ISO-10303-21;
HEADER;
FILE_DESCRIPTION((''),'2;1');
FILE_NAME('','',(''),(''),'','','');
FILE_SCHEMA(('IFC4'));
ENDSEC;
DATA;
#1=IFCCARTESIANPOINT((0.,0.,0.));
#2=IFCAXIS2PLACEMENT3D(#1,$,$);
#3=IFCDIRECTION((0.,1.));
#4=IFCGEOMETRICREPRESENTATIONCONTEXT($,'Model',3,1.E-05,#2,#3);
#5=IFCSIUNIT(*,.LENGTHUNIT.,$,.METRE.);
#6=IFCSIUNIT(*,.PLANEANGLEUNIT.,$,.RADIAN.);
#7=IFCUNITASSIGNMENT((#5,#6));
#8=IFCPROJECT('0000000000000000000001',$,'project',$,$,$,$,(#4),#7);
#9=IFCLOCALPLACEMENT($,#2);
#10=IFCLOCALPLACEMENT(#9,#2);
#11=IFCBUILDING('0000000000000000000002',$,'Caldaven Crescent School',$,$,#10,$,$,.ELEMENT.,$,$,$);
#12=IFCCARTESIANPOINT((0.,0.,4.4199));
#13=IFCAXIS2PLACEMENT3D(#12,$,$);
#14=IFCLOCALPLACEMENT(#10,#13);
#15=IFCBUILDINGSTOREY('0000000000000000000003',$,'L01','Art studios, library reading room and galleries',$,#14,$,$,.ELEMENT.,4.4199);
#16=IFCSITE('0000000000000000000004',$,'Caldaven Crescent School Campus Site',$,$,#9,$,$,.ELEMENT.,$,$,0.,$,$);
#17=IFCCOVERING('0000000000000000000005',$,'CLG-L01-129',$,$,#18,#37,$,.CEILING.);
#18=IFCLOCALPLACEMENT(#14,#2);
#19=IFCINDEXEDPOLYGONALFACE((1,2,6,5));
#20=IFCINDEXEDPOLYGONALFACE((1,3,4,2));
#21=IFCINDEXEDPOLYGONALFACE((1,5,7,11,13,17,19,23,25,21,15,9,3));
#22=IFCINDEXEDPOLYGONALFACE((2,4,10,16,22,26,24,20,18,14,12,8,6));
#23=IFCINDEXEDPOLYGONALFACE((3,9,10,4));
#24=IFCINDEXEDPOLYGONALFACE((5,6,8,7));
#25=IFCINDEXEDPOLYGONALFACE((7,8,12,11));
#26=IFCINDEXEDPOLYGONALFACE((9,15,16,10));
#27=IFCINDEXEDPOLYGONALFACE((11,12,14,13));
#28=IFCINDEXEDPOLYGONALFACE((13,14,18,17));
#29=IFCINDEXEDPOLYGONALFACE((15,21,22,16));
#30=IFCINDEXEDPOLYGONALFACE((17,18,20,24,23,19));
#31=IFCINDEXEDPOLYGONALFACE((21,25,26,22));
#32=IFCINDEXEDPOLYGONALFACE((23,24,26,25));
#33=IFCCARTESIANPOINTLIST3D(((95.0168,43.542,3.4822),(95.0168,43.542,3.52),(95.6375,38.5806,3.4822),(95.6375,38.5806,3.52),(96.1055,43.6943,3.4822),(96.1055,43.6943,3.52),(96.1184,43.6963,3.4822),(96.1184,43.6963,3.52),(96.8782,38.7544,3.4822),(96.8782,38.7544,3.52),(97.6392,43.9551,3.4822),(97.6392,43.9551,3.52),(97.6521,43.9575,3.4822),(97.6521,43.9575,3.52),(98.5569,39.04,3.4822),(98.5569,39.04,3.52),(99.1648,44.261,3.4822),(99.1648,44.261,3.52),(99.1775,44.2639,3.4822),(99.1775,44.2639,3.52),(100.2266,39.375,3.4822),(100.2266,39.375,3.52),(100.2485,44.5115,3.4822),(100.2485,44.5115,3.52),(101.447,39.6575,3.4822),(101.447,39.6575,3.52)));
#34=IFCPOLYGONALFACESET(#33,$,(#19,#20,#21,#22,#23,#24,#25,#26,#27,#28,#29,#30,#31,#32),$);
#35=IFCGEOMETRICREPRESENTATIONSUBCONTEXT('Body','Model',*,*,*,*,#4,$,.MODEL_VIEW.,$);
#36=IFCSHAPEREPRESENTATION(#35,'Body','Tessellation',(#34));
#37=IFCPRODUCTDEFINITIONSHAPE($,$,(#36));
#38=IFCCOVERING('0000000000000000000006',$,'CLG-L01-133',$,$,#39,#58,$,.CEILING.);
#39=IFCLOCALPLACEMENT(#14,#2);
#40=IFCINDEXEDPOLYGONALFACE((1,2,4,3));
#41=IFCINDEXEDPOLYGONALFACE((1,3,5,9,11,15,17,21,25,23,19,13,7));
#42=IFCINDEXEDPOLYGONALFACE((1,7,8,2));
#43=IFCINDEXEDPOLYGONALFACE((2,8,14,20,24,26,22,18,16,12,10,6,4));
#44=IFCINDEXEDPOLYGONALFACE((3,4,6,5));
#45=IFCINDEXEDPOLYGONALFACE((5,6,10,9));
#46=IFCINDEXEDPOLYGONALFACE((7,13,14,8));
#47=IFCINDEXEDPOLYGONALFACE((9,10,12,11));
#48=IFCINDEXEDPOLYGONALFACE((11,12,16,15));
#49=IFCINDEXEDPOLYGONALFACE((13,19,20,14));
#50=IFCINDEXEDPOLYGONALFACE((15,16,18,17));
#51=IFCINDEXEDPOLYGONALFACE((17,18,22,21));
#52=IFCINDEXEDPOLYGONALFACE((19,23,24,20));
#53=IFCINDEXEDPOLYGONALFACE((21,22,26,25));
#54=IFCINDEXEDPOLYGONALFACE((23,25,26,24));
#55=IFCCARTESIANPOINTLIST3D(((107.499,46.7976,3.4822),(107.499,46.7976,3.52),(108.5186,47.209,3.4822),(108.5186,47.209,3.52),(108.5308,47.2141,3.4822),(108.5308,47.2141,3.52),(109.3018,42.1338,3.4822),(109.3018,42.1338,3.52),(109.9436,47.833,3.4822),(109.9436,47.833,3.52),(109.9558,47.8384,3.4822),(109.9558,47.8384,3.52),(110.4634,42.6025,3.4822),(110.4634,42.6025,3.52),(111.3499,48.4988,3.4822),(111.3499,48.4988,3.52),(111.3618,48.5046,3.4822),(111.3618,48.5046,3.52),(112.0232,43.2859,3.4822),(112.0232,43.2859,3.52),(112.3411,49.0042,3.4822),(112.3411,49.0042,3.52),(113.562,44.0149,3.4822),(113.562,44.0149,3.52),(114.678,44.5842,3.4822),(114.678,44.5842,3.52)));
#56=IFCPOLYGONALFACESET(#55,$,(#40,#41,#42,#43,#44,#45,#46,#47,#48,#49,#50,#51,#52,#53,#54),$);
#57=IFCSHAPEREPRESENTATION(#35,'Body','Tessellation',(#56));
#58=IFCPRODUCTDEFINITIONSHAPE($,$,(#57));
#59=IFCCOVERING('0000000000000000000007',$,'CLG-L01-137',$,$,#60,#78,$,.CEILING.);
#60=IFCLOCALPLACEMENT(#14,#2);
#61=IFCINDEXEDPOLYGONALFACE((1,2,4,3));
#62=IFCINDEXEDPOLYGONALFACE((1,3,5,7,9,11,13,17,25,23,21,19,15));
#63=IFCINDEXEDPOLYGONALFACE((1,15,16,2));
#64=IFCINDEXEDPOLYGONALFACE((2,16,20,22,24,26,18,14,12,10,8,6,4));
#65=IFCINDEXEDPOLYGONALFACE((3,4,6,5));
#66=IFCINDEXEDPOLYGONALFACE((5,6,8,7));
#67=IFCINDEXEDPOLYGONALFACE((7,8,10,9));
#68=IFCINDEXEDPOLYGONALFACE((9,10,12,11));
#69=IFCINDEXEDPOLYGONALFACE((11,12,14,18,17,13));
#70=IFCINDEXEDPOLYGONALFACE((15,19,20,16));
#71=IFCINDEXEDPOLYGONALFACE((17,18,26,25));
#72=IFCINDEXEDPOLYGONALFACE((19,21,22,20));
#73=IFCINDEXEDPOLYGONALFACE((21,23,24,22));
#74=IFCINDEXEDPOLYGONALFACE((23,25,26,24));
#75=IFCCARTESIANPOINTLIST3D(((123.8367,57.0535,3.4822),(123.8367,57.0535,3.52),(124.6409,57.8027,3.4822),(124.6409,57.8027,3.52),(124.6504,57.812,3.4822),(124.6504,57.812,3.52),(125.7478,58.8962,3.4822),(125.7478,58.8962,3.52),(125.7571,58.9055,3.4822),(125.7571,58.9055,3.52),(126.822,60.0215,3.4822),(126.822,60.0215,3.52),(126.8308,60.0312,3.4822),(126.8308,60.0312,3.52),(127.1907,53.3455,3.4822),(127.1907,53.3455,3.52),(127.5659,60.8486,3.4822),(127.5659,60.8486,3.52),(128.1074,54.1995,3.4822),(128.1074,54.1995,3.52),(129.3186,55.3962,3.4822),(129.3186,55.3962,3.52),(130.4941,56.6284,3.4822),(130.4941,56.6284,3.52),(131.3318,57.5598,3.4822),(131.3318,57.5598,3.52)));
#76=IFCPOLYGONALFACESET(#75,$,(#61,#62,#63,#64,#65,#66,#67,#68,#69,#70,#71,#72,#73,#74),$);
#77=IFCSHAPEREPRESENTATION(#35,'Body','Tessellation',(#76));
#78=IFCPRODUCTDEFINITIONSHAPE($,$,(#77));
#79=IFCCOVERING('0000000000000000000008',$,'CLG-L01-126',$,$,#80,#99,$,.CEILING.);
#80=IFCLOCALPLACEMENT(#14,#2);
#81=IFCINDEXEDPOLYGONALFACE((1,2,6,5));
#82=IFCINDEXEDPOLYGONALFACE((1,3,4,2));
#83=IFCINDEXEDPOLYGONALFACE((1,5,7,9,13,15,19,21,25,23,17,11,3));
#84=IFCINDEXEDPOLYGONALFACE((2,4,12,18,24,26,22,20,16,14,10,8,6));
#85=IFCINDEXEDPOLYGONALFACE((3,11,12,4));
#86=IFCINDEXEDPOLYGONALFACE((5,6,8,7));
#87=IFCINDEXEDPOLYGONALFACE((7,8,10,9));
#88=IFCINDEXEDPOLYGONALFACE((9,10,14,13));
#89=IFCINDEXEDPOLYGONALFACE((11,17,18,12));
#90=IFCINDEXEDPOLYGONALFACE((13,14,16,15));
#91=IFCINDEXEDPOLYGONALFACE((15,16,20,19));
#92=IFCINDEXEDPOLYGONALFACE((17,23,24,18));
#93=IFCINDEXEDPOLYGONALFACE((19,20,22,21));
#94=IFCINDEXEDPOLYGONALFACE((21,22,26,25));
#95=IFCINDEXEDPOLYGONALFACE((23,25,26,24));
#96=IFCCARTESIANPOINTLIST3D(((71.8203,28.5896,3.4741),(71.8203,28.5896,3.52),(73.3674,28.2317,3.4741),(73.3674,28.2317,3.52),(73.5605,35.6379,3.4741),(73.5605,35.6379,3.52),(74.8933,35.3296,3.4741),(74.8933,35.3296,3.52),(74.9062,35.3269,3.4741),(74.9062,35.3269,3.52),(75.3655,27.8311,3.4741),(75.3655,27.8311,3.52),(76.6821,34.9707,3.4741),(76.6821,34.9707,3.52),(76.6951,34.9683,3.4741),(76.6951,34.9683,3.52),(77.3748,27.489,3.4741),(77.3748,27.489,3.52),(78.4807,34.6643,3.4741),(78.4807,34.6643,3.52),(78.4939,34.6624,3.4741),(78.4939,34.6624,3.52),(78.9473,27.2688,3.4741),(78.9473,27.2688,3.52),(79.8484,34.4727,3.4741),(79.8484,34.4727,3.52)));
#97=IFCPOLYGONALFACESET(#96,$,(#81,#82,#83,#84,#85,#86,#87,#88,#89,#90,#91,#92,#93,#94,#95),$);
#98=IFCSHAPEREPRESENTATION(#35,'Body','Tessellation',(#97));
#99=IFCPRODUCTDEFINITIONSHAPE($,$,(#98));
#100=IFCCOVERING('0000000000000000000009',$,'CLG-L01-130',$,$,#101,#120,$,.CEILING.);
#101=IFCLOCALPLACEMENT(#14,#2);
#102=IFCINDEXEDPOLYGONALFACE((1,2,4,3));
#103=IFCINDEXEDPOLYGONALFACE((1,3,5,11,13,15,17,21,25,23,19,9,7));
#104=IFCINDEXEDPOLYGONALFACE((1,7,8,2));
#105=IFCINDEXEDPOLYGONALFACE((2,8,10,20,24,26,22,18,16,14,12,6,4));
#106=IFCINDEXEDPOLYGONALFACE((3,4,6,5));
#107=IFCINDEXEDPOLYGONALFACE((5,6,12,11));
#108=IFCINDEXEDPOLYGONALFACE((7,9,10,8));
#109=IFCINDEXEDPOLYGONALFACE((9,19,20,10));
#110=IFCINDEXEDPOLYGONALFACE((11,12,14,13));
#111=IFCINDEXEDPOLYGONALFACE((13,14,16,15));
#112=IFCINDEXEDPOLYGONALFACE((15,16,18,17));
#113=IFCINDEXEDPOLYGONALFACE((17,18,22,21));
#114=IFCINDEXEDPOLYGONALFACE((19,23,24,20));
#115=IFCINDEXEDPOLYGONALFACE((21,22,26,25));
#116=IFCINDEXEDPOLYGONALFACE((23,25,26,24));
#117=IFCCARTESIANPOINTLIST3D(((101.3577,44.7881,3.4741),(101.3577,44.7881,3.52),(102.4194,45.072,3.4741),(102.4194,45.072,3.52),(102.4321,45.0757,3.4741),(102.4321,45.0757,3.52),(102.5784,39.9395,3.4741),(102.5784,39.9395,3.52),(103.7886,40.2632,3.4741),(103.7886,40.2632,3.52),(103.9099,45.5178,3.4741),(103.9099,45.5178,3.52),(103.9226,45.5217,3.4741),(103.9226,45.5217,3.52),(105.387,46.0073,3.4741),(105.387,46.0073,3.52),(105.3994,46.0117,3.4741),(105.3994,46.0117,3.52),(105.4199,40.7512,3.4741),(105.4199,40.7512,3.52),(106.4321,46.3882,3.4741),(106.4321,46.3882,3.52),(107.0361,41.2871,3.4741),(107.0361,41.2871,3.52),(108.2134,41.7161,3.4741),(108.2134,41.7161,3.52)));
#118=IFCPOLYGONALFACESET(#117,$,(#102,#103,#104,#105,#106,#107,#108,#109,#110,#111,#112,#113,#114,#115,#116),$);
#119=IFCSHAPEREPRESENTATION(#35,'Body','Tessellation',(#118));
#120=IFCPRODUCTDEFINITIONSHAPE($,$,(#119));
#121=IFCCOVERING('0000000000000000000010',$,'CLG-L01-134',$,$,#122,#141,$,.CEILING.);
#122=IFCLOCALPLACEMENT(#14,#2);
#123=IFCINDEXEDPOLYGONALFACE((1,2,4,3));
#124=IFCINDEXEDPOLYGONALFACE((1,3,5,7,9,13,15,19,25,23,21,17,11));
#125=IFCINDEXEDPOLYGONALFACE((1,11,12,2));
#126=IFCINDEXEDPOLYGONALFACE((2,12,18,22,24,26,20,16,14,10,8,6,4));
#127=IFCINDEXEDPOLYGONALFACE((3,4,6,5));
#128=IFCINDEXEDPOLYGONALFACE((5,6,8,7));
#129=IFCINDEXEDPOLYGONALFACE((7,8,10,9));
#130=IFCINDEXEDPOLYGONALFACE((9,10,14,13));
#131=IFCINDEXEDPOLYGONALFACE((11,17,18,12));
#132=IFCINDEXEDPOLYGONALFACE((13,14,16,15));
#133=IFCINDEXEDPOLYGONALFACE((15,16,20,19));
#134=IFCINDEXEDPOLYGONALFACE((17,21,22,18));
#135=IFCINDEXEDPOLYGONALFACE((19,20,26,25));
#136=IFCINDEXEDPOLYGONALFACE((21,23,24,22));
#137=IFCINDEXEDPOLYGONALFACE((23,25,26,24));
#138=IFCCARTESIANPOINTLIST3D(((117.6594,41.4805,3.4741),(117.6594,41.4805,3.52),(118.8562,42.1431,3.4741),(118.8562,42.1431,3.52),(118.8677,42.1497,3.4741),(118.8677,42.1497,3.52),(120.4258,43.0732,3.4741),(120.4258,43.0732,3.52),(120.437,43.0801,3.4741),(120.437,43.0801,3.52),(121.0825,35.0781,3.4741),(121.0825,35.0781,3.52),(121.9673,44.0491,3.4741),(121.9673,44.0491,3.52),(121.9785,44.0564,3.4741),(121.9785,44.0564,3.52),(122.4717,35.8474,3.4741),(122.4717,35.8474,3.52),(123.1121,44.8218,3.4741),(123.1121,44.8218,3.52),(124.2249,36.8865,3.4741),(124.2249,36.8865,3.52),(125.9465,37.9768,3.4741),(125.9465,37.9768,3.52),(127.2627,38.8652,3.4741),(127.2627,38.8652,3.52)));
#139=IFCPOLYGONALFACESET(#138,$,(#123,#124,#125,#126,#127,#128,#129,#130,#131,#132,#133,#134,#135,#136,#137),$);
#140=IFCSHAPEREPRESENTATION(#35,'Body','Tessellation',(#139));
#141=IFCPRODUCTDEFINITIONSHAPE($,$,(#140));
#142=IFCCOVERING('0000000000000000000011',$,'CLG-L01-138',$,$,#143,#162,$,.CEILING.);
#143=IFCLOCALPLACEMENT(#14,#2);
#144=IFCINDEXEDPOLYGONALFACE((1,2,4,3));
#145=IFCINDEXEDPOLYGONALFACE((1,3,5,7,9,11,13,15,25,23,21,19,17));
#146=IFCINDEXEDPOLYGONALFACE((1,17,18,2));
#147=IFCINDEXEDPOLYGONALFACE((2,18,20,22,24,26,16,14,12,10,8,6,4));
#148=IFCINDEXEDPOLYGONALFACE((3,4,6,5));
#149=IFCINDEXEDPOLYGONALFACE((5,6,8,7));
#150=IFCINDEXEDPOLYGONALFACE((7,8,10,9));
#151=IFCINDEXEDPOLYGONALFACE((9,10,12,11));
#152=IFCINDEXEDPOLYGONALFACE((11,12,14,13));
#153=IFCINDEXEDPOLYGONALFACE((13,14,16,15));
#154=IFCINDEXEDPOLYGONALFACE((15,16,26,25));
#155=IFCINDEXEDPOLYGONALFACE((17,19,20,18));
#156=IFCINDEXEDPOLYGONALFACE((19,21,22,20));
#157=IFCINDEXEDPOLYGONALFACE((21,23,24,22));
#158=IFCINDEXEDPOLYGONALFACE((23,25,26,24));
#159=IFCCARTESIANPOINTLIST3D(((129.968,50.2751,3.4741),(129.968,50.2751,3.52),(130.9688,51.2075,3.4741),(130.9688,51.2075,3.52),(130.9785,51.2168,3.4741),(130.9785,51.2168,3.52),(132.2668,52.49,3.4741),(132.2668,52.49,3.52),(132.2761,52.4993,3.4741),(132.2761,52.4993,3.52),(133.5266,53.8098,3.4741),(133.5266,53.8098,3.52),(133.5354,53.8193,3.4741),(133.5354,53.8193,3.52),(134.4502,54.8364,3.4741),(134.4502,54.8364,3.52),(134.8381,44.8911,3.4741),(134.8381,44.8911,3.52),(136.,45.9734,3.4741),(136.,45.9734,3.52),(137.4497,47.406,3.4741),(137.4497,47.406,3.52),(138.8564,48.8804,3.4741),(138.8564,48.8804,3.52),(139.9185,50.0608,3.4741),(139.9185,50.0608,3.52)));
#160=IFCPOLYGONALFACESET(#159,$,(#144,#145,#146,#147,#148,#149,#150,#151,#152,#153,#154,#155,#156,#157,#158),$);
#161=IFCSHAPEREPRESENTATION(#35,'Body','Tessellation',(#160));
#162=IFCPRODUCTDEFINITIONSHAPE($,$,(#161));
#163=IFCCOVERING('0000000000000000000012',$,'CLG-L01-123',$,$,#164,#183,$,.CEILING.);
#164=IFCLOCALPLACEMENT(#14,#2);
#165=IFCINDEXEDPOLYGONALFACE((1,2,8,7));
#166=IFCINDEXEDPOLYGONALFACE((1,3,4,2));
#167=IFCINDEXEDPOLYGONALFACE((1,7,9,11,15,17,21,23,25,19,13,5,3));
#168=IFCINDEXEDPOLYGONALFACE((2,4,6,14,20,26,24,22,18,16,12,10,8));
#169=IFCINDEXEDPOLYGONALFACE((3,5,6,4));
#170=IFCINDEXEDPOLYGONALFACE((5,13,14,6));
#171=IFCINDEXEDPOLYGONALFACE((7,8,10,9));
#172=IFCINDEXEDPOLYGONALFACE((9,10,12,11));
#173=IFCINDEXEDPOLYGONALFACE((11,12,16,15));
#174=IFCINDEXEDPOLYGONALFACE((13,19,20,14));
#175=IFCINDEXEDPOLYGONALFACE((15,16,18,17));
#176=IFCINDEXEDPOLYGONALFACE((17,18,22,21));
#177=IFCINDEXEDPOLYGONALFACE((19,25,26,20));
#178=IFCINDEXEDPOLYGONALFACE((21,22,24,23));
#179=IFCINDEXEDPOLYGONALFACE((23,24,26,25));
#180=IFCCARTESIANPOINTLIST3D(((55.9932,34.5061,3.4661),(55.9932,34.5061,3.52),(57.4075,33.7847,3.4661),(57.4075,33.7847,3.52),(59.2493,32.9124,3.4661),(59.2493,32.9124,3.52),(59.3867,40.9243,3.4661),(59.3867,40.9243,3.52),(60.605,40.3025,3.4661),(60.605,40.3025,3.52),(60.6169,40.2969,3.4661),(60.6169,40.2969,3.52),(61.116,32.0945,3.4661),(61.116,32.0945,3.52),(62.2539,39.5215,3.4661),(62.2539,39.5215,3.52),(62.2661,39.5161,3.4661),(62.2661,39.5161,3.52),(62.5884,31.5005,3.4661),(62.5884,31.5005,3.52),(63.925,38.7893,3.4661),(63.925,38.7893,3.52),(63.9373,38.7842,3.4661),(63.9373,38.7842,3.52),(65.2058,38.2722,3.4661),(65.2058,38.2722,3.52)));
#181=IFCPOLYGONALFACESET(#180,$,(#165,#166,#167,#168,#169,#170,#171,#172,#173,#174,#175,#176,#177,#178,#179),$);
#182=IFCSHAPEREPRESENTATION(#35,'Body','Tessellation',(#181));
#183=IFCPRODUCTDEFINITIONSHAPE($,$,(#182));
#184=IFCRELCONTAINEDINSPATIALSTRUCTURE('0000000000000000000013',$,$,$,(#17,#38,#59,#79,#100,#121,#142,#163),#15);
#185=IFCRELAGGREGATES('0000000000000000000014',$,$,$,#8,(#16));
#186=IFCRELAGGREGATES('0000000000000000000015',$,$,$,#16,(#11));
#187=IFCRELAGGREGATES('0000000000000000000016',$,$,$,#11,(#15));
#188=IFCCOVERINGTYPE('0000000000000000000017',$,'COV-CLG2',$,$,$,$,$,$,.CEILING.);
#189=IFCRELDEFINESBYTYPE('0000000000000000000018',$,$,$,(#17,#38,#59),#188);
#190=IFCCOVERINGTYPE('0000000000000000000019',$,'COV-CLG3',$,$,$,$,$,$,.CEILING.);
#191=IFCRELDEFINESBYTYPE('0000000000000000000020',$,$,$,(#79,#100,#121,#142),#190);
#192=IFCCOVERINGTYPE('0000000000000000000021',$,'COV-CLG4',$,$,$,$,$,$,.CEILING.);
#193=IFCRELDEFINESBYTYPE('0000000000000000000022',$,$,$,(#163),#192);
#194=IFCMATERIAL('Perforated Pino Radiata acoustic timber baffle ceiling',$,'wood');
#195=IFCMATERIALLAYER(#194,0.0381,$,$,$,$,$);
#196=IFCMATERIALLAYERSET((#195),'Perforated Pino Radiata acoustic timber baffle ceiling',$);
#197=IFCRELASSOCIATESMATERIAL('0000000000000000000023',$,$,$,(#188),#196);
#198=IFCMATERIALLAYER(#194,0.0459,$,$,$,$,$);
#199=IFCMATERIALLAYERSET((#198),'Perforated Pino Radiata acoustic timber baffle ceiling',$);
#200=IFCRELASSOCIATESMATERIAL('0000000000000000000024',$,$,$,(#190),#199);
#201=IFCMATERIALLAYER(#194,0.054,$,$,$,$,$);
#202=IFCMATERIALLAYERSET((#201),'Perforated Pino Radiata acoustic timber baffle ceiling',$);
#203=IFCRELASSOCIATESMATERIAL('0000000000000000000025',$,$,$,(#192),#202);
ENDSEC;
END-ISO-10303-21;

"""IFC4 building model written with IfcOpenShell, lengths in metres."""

from ifc_helpers import new_model, si_unit, direction, frame, origin, place, context, subcontext, project, spatial, polyline, outline, extrude, material, layer, layer_set, type_object, element, save


model = new_model("IFC4")

# Units and contexts
model_context = context("Model", 3, precision=1e-05, world=origin(), true_north=direction((0.0, 1.0)))
body_context = subcontext(model_context, "Body", "Model", "MODEL_VIEW")
ifc_project = project(units=[si_unit("LENGTHUNIT", "METRE"), si_unit("PLANEANGLEUNIT", "RADIAN")], contexts=[model_context])

# Site, building, storey
site_placement = place(None, origin())
site = spatial("IfcSite", under=ifc_project, at=site_placement, Name="Caldaven Crescent School Campus Site", CompositionType="ELEMENT", RefElevation=0.0)
building_placement = place(site_placement, origin())
building = spatial("IfcBuilding", under=site, at=building_placement, Name="Caldaven Crescent School", CompositionType="ELEMENT")
storey_placement = place(building_placement, frame((0.0, 0.0, 4.4199)))
storey = spatial("IfcBuildingStorey", under=building, at=storey_placement, Name="L01", Description="Art studios, library reading room and galleries", CompositionType="ELEMENT", Elevation=4.4199)

# Coverings
ifc_material_1 = material(Name="Perforated Pino Radiata acoustic timber baffle ceiling", Category="wood")
ifc_layer_1 = layer(ifc_material_1, 0.0381)
ifc_layer_set_1 = layer_set([ifc_layer_1], Name="Perforated Pino Radiata acoustic timber baffle ceiling")
covering_type_1 = type_object("IfcCoveringType", Name="COV-CLG2", PredefinedType="CEILING", material=ifc_layer_set_1)
covering_1_placement = place(storey_placement, frame((0.0, 0.0, 3.4822)))
element("IfcCovering", 1, at=covering_1_placement, inside=storey, type_object=covering_type_1, Name="CLG-L01-129", PredefinedType="CEILING", context=body_context, shape_type="SweptSolid", body=[
    extrude(outline(polyline([(96.1055, 43.6943), (96.1184, 43.6963), (97.6392, 43.9551), (97.6521, 43.9575), (99.1648, 44.261), (99.1775, 44.2639), (100.2485, 44.5115), (101.447, 39.6575), (100.2266, 39.375), (98.5569, 39.04), (96.8782, 38.7544), (95.6375, 38.5806), (95.0168, 43.542), (96.1055, 43.6943)])), origin(), (0.0, 0.0, 1.0), 0.0378),
])
covering_2_placement = place(storey_placement, frame((0.0, 0.0, 3.4822)))
element("IfcCovering", 2, at=covering_2_placement, inside=storey, type_object=covering_type_1, Name="CLG-L01-133", PredefinedType="CEILING", context=body_context, shape_type="SweptSolid", body=[
    extrude(outline(polyline([(108.5186, 47.209), (108.5308, 47.2141), (109.9436, 47.833), (109.9558, 47.8384), (111.3499, 48.4988), (111.3618, 48.5046), (112.3411, 49.0042), (114.678, 44.5842), (113.562, 44.0149), (112.0232, 43.2859), (110.4634, 42.6025), (109.3018, 42.1338), (107.499, 46.7976), (108.5186, 47.209)])), origin(), (0.0, 0.0, 1.0), 0.0378),
])
covering_3_placement = place(storey_placement, frame((0.0, 0.0, 3.4822)))
element("IfcCovering", 3, at=covering_3_placement, inside=storey, type_object=covering_type_1, Name="CLG-L01-137", PredefinedType="CEILING", context=body_context, shape_type="SweptSolid", body=[
    extrude(outline(polyline([(124.6409, 57.8027), (124.6504, 57.812), (125.7478, 58.8962), (125.7571, 58.9055), (126.822, 60.0215), (126.8308, 60.0312), (127.5659, 60.8486), (131.3318, 57.5598), (130.4941, 56.6284), (129.3186, 55.3962), (128.1074, 54.1995), (127.1907, 53.3455), (123.8367, 57.0535), (124.6409, 57.8027)])), origin(), (0.0, 0.0, 1.0), 0.0378),
])
ifc_layer_2 = layer(ifc_material_1, 0.0459)
ifc_layer_set_2 = layer_set([ifc_layer_2], Name="Perforated Pino Radiata acoustic timber baffle ceiling")
covering_type_2 = type_object("IfcCoveringType", Name="COV-CLG3", PredefinedType="CEILING", material=ifc_layer_set_2)
covering_4_placement = place(storey_placement, frame((0.0, 0.0, 3.4741)))
element("IfcCovering", 4, at=covering_4_placement, inside=storey, type_object=covering_type_2, Name="CLG-L01-126", PredefinedType="CEILING", context=body_context, shape_type="SweptSolid", body=[
    extrude(outline(polyline([(74.8933, 35.3296), (74.9062, 35.3269), (76.6821, 34.9707), (76.6951, 34.9683), (78.4807, 34.6643), (78.4939, 34.6624), (79.8484, 34.4727), (78.9473, 27.2688), (77.3748, 27.489), (75.3655, 27.8311), (73.3674, 28.2317), (71.8203, 28.5896), (73.5605, 35.6379), (74.8933, 35.3296)])), origin(), (0.0, 0.0, 1.0), 0.0459),
])
covering_5_placement = place(storey_placement, frame((0.0, 0.0, 3.4741)))
element("IfcCovering", 5, at=covering_5_placement, inside=storey, type_object=covering_type_2, Name="CLG-L01-130", PredefinedType="CEILING", context=body_context, shape_type="SweptSolid", body=[
    extrude(outline(polyline([(102.4194, 45.072), (102.4321, 45.0757), (103.9099, 45.5178), (103.9226, 45.5217), (105.387, 46.0073), (105.3994, 46.0117), (106.4321, 46.3882), (108.2134, 41.7161), (107.0361, 41.2871), (105.4199, 40.7512), (103.7886, 40.2632), (102.5784, 39.9395), (101.3577, 44.7881), (102.4194, 45.072)])), origin(), (0.0, 0.0, 1.0), 0.0459),
])
covering_6_placement = place(storey_placement, frame((0.0, 0.0, 3.4741)))
element("IfcCovering", 6, at=covering_6_placement, inside=storey, type_object=covering_type_2, Name="CLG-L01-134", PredefinedType="CEILING", context=body_context, shape_type="SweptSolid", body=[
    extrude(outline(polyline([(118.8562, 42.1431), (118.8677, 42.1497), (120.4258, 43.0732), (120.437, 43.0801), (121.9673, 44.0491), (121.9785, 44.0564), (123.1121, 44.8218), (127.2627, 38.8652), (125.9465, 37.9768), (124.2249, 36.8865), (122.4717, 35.8474), (121.0825, 35.0781), (117.6594, 41.4805), (118.8562, 42.1431)])), origin(), (0.0, 0.0, 1.0), 0.0459),
])
covering_7_placement = place(storey_placement, frame((0.0, 0.0, 3.4741)))
element("IfcCovering", 7, at=covering_7_placement, inside=storey, type_object=covering_type_2, Name="CLG-L01-138", PredefinedType="CEILING", context=body_context, shape_type="SweptSolid", body=[
    extrude(outline(polyline([(130.9688, 51.2075), (130.9785, 51.2168), (132.2668, 52.49), (132.2761, 52.4993), (133.5266, 53.8098), (133.5354, 53.8193), (134.4502, 54.8364), (139.9185, 50.0608), (138.8564, 48.8804), (137.4497, 47.406), (136.0, 45.9734), (134.8381, 44.8911), (129.968, 50.2751), (130.9688, 51.2075)])), origin(), (0.0, 0.0, 1.0), 0.0459),
])
ifc_layer_3 = layer(ifc_material_1, 0.054)
ifc_layer_set_3 = layer_set([ifc_layer_3], Name="Perforated Pino Radiata acoustic timber baffle ceiling")
covering_type_3 = type_object("IfcCoveringType", Name="COV-CLG4", PredefinedType="CEILING", material=ifc_layer_set_3)
covering_8_placement = place(storey_placement, frame((0.0, 0.0, 3.4661)))
element("IfcCovering", 8, at=covering_8_placement, inside=storey, type_object=covering_type_3, Name="CLG-L01-123", PredefinedType="CEILING", context=body_context, shape_type="SweptSolid", body=[
    extrude(outline(polyline([(60.605, 40.3025), (60.6169, 40.2969), (62.2539, 39.5215), (62.2661, 39.5161), (63.925, 38.7893), (63.9373, 38.7842), (65.2058, 38.2722), (62.5884, 31.5005), (61.116, 32.0945), (59.2493, 32.9124), (57.4075, 33.7847), (55.9932, 34.5061), (59.3867, 40.9243), (60.605, 40.3025)])), origin(), (0.0, 0.0, 1.0), 0.054),
])

save(model, "model.ifc")
